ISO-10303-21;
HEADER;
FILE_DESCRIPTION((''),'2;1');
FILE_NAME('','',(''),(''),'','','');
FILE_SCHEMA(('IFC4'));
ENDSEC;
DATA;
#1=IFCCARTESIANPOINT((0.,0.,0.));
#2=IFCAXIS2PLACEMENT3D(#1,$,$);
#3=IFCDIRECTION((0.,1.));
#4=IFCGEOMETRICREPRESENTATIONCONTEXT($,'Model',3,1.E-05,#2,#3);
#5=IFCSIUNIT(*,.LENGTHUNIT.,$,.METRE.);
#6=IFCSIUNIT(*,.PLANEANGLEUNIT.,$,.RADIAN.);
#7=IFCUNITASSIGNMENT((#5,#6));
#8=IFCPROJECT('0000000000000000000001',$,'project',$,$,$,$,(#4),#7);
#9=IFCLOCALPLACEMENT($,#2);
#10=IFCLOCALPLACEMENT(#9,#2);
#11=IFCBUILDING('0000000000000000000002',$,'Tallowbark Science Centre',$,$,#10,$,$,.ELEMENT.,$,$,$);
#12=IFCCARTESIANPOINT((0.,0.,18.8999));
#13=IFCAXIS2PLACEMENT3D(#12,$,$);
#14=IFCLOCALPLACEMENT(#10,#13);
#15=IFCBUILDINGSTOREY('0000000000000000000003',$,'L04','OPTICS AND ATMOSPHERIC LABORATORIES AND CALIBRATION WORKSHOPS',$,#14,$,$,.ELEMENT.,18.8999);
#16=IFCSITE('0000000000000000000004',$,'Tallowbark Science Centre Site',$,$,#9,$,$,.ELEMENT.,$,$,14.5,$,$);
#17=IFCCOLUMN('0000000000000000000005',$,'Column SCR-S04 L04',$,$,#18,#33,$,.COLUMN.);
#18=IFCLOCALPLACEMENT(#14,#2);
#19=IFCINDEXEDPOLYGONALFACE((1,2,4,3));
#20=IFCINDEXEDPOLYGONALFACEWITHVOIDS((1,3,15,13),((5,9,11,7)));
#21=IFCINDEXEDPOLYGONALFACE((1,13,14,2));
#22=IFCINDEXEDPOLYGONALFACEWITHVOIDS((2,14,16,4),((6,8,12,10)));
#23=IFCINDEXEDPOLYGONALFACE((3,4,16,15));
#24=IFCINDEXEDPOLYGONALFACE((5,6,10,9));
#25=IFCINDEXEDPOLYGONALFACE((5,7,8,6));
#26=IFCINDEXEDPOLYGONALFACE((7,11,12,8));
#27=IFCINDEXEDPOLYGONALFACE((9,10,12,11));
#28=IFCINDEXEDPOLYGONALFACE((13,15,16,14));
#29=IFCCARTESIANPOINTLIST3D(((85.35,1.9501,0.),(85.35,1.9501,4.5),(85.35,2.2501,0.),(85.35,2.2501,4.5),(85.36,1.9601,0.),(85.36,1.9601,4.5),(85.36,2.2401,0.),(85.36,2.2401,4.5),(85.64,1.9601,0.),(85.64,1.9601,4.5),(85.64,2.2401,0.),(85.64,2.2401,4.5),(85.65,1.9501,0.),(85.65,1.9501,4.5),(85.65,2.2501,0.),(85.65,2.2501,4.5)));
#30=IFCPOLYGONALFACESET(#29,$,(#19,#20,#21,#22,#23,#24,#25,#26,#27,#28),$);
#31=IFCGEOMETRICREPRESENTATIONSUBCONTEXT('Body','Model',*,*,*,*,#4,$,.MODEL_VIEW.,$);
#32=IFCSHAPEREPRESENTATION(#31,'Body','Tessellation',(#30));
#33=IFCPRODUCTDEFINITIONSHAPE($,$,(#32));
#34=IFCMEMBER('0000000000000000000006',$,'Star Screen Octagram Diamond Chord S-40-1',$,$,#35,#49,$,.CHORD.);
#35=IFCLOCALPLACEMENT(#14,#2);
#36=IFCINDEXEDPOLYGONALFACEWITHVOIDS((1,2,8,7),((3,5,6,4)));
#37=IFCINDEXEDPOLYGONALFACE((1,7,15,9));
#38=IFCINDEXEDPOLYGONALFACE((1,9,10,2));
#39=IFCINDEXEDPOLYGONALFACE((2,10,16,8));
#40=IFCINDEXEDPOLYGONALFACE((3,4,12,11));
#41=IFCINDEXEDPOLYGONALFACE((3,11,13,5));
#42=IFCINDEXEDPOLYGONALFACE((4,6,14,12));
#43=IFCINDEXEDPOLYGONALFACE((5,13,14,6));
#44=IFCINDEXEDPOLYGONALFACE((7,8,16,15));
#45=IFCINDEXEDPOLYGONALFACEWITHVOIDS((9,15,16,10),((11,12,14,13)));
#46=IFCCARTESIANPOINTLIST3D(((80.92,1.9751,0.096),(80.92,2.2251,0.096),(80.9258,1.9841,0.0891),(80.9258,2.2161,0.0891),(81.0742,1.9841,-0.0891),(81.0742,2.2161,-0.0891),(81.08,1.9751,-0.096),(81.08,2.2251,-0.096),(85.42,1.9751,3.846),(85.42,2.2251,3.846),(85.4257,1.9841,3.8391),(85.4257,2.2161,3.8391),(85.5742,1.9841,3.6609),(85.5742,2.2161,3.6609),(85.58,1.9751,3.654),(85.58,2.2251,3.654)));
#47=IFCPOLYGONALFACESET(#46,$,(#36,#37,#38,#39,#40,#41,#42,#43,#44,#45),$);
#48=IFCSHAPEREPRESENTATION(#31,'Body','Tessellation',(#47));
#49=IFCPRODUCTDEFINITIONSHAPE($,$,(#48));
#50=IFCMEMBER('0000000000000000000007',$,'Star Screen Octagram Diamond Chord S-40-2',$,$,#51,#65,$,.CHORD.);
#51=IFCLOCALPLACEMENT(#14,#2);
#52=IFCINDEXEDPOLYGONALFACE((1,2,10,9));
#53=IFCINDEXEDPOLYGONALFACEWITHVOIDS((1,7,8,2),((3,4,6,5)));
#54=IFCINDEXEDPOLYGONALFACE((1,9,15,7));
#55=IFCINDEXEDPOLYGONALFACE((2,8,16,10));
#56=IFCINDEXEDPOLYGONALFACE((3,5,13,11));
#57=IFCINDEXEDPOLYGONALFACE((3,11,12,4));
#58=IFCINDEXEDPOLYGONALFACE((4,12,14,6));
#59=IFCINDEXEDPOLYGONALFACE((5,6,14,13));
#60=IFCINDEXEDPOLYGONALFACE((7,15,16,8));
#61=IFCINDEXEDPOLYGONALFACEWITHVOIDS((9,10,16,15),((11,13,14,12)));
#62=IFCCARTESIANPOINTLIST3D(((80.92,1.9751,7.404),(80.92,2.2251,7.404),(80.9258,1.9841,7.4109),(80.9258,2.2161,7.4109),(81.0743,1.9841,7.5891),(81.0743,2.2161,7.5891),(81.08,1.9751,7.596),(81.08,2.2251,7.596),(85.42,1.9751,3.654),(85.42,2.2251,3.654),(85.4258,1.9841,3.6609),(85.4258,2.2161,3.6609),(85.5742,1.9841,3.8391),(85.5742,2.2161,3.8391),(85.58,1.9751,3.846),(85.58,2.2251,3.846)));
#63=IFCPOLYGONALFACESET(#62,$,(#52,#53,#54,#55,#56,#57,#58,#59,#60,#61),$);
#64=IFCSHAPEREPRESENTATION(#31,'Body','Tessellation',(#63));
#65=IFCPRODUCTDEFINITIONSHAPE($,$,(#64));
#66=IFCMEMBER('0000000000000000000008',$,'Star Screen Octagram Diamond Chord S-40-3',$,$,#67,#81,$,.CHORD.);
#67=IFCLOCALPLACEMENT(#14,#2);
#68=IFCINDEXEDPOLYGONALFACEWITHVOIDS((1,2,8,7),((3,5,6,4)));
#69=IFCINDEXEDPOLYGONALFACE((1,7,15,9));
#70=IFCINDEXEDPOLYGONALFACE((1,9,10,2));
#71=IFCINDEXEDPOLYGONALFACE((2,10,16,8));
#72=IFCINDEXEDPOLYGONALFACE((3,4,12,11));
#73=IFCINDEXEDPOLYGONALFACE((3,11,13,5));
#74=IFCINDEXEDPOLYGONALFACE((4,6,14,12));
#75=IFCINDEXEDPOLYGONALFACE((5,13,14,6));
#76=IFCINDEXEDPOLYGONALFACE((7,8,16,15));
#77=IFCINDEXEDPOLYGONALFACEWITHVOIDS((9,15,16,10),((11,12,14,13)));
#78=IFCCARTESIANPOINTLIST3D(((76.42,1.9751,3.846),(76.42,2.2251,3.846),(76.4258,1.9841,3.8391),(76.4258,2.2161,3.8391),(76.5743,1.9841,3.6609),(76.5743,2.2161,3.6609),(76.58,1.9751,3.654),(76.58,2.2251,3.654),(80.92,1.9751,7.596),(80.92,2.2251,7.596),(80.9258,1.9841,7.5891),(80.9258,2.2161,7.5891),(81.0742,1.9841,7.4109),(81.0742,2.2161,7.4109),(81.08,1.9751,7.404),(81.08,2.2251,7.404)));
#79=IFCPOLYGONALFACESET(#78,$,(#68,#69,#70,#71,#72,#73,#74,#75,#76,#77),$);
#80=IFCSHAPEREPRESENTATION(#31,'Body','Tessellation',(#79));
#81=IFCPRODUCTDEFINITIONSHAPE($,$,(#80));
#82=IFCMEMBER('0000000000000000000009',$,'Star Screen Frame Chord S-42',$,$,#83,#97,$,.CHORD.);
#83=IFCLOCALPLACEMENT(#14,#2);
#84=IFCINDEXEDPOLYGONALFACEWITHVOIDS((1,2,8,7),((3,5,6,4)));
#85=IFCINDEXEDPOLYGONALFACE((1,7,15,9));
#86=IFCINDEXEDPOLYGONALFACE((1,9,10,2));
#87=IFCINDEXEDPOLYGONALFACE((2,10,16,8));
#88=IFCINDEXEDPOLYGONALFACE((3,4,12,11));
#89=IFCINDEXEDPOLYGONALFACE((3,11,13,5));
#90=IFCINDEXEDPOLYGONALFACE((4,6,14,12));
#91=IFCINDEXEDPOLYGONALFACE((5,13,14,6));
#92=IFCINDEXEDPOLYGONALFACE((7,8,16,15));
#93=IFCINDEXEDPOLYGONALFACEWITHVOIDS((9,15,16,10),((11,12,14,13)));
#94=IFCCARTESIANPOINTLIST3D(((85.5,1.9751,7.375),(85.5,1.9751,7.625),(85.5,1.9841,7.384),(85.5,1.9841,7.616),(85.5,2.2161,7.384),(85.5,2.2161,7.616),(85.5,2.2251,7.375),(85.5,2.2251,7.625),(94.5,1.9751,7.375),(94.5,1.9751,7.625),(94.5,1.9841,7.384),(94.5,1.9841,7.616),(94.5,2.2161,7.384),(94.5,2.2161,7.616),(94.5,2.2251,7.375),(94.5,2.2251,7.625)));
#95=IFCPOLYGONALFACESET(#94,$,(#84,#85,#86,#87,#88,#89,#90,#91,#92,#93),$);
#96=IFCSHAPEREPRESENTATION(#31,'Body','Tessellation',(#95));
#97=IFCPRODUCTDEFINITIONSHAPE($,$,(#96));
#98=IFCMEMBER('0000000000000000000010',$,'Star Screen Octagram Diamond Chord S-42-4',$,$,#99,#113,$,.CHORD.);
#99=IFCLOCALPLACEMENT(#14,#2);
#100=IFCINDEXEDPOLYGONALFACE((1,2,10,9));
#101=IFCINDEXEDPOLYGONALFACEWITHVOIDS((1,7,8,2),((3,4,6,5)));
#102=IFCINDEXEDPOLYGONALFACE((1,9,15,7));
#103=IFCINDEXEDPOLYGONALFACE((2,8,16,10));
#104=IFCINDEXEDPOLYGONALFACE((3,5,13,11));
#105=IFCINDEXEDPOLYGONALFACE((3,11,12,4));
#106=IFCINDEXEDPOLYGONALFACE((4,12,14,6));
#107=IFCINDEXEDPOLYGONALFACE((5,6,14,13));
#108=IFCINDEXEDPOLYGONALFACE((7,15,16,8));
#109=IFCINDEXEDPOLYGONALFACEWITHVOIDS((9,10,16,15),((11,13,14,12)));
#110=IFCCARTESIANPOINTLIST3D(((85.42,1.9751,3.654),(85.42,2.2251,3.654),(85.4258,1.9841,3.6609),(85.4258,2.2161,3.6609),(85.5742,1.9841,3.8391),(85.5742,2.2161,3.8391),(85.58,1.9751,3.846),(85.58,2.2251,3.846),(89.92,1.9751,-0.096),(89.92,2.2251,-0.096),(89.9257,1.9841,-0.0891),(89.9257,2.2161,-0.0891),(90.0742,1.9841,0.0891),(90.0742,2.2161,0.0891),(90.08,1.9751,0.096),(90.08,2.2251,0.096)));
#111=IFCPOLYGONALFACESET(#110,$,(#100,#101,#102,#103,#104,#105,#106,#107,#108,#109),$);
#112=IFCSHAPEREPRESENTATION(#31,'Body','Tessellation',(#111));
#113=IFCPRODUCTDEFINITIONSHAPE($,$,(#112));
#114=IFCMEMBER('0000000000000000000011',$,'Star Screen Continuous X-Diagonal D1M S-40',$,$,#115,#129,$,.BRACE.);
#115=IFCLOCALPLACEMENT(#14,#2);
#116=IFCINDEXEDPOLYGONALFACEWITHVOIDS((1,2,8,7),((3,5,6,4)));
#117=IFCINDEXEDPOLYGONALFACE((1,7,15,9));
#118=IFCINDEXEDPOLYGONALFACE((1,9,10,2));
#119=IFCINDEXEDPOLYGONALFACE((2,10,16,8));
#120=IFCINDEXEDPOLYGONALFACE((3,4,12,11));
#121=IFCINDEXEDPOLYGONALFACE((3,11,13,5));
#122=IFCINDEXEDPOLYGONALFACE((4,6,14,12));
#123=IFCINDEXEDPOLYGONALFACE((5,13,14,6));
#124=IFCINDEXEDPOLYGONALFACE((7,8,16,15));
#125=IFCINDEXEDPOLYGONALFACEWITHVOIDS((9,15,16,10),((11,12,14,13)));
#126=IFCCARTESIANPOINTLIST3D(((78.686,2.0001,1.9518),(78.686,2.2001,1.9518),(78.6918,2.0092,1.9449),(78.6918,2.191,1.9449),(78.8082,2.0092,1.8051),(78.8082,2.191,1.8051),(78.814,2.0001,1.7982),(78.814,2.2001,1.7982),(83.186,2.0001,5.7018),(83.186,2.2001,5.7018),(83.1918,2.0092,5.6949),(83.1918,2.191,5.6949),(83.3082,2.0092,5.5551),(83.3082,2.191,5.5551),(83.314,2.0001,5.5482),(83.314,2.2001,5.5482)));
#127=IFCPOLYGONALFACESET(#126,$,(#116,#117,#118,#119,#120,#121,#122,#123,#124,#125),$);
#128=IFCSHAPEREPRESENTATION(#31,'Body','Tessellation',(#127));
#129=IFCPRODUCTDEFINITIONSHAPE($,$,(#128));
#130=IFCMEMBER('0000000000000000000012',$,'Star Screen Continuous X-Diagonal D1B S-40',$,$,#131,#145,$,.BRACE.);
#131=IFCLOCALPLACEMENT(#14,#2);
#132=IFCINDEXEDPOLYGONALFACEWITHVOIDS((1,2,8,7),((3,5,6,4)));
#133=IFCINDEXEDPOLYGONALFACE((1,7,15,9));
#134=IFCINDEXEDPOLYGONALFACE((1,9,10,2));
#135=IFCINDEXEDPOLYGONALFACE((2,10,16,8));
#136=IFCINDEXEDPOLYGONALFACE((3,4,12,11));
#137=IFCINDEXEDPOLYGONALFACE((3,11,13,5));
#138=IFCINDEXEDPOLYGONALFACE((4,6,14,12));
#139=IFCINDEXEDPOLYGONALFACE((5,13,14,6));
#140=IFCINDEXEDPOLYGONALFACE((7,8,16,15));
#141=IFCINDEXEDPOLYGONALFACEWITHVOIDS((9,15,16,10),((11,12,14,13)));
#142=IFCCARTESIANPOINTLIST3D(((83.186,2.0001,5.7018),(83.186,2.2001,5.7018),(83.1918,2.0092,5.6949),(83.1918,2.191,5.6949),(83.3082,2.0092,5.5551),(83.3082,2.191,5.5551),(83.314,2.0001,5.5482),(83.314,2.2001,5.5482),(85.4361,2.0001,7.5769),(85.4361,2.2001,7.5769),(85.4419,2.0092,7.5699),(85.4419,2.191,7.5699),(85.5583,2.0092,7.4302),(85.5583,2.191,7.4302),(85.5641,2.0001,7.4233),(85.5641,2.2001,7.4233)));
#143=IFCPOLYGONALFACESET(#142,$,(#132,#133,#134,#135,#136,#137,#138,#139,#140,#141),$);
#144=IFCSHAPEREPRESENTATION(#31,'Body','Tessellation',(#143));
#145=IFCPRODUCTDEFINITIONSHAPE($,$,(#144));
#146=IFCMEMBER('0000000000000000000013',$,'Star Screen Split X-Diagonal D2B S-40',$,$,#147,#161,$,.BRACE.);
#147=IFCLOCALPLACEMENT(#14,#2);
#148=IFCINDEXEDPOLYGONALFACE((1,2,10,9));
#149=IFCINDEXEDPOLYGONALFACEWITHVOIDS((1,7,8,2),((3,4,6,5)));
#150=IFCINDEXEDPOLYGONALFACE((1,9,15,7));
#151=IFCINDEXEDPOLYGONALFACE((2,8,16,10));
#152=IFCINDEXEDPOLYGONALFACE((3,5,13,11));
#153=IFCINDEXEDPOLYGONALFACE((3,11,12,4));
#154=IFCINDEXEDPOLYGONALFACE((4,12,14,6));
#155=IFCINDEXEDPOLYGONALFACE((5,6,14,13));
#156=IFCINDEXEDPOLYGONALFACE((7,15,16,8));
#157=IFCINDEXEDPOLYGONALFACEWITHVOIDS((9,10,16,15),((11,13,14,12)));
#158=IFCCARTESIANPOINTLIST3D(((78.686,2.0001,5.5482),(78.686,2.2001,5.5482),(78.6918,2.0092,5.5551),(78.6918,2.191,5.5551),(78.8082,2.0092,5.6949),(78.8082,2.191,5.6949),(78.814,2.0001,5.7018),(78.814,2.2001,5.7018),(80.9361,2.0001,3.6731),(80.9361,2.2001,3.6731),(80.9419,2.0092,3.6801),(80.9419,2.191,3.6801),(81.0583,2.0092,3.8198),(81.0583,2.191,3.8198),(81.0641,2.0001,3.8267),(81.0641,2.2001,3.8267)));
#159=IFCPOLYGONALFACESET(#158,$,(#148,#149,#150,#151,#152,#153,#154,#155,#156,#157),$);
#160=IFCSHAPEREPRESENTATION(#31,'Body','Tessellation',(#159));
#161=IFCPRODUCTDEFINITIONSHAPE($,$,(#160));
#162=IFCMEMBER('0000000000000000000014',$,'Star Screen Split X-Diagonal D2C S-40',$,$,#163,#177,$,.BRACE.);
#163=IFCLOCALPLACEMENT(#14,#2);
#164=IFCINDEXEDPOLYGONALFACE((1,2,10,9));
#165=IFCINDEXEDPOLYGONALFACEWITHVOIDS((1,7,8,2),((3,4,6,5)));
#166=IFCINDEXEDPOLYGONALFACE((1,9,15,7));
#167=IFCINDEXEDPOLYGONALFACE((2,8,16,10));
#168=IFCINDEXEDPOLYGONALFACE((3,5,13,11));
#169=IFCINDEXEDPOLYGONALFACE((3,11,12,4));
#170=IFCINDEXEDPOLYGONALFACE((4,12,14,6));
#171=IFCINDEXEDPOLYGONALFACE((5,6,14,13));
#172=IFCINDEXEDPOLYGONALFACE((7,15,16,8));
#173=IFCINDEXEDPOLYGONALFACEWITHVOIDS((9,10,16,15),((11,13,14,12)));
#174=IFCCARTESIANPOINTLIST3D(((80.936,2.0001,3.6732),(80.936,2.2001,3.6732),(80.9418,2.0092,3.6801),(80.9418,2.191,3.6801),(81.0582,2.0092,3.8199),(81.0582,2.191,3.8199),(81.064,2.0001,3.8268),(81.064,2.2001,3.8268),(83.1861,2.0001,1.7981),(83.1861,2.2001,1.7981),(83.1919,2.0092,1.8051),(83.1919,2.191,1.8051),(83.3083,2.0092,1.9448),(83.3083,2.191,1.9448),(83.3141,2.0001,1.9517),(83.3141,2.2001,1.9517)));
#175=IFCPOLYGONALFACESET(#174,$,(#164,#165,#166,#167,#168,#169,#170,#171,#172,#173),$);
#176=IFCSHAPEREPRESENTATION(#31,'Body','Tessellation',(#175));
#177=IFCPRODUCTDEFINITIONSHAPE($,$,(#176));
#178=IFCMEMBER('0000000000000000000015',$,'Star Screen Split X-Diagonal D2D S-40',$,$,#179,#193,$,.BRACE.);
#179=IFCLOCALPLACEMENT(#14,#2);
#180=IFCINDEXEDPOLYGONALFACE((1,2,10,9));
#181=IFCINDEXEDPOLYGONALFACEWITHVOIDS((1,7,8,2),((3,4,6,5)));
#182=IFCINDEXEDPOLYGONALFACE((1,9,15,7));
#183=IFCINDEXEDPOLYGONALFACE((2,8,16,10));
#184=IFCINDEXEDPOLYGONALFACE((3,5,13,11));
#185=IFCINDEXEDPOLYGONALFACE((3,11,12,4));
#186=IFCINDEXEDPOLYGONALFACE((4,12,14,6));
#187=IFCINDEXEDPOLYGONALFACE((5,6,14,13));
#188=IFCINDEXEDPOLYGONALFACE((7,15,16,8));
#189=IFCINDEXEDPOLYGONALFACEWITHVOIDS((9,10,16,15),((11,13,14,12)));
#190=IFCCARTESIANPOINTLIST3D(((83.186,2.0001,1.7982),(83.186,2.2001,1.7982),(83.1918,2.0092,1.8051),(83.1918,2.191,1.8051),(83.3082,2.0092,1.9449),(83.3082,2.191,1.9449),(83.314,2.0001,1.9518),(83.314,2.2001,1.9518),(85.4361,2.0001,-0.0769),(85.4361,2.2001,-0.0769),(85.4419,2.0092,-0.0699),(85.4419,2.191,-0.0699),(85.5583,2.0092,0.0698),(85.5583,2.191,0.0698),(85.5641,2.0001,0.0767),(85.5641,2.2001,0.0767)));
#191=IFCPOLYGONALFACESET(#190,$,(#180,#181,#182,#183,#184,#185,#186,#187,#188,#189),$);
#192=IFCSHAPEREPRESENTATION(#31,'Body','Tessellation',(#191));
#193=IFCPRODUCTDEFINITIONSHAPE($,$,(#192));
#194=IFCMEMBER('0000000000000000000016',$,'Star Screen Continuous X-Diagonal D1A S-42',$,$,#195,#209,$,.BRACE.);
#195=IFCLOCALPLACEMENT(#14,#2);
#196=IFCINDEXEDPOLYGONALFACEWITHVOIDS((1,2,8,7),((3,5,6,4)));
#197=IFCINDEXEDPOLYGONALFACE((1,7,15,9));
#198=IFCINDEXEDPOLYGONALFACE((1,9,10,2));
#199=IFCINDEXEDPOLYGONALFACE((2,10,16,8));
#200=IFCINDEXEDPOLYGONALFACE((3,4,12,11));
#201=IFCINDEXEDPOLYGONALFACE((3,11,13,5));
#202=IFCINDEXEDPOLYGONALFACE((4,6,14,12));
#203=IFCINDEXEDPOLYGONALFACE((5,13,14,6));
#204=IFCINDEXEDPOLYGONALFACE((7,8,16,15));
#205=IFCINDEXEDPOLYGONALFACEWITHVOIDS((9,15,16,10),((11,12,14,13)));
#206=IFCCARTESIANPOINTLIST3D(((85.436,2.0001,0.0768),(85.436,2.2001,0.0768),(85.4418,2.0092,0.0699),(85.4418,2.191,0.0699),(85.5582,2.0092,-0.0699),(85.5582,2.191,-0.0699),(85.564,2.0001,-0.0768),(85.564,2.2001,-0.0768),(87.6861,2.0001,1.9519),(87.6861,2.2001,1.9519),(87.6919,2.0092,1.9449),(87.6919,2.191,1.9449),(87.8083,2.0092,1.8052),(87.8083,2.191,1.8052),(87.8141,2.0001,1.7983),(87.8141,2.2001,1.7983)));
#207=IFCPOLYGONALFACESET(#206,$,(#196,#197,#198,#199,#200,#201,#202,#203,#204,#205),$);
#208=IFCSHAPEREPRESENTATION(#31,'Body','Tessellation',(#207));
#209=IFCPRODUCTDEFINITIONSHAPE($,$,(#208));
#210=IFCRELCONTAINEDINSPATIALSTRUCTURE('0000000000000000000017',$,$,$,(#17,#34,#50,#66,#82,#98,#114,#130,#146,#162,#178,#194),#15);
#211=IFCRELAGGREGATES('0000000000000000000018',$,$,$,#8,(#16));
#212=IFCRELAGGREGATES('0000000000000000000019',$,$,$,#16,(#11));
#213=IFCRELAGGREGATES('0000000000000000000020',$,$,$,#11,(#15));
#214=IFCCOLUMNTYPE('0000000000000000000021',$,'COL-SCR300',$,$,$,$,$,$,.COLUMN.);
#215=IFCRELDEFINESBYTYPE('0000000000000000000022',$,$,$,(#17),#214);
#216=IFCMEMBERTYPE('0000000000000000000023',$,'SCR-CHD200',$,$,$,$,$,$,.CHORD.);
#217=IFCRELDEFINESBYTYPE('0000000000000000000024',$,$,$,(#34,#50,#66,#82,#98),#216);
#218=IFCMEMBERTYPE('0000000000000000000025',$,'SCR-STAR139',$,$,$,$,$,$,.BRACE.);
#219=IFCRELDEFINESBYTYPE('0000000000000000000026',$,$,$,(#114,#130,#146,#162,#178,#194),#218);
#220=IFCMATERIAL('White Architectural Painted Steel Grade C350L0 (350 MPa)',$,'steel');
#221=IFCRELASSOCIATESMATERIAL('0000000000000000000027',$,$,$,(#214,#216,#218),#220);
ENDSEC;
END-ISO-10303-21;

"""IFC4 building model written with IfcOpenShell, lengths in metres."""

from ifc_helpers import new_model, si_unit, direction, frame, origin, origin_2d, place, context, subcontext, project, spatial, hollow_rectangle, extrude, material, material_profile, profile_set, type_object, element, save


model = new_model("IFC4")

# Units and contexts
model_context = context("Model", 3, precision=1e-05, world=origin(), true_north=direction((0.0, 1.0)))
body_context = subcontext(model_context, "Body", "Model", "MODEL_VIEW")
ifc_project = project(units=[si_unit("LENGTHUNIT", "METRE"), si_unit("PLANEANGLEUNIT", "RADIAN")], contexts=[model_context])

# Site, building, storey
site_placement = place(None, origin())
site = spatial("IfcSite", under=ifc_project, at=site_placement, Name="Tallowbark Science Centre Site", CompositionType="ELEMENT", RefElevation=14.5)
building_placement = place(site_placement, origin())
building = spatial("IfcBuilding", under=site, at=building_placement, Name="Tallowbark Science Centre", CompositionType="ELEMENT")
storey_placement = place(building_placement, frame((0.0, 0.0, 18.8999)))
storey = spatial("IfcBuildingStorey", under=building, at=storey_placement, Name="L04", Description="OPTICS AND ATMOSPHERIC LABORATORIES AND CALIBRATION WORKSHOPS", CompositionType="ELEMENT", Elevation=18.8999)

# Column
ifc_material_1 = material(Name="White Architectural Painted Steel Grade C350L0 (350 MPa)", Category="steel")
ifc_material_profile_1 = material_profile(ifc_material_1, hollow_rectangle(XDim=0.3, YDim=0.3, WallThickness=0.01, at=origin_2d()), Name="300x300x10.0SHS")
ifc_profile_set_1 = profile_set([ifc_material_profile_1], Name="White Architectural Painted Steel Grade C350L0 (350 MPa)")
column_type = type_object("IfcColumnType", Name="COL-SCR300", PredefinedType="COLUMN", material=ifc_profile_set_1)
column_placement = place(storey_placement, frame((85.5, 2.1001, 0.0), z_axis=(0.0, 0.0, 1.0), x_axis=(1.0, 0.0, 0.0)))
element("IfcColumn", 1, at=column_placement, inside=storey, type_object=column_type, Name="Column SCR-S04 L04", PredefinedType="COLUMN", context=body_context, shape_type="SweptSolid", body=[
    extrude(hollow_rectangle(XDim=0.3, YDim=0.3, WallThickness=0.01, at=origin_2d()), origin(), (0.0, 0.0, 1.0), 4.5),
])

# Members
ifc_material_profile_2 = material_profile(ifc_material_1, hollow_rectangle(XDim=0.25, YDim=0.25, WallThickness=0.009, at=origin_2d()), Name="250x250x9.0SHS")
ifc_profile_set_2 = profile_set([ifc_material_profile_2], Name="White Architectural Painted Steel Grade C350L0 (350 MPa)")
member_type_1 = type_object("IfcMemberType", Name="SCR-CHD200", PredefinedType="CHORD", material=ifc_profile_set_2)
for number, where, z_axis, x_axis, name in (
    (2, (81.0, 2.1001, 0.0), (0.768221, 0.0, 0.640184), (0.0, 1.0, 0.0), "Star Screen Octagram Diamond Chord S-40-1"),
    (3, (85.5, 2.1001, 3.75), (-0.768221, 0.0, 0.640184), (0.0, -1.0, 0.0), "Star Screen Octagram Diamond Chord S-40-2"),
    (4, (81.0, 2.1001, 7.5), (-0.768221, 0.0, -0.640184), (0.0, -1.0, 0.0), "Star Screen Octagram Diamond Chord S-40-3"),
):
    element("IfcMember", number, at=place(storey_placement, frame(where, z_axis=z_axis, x_axis=x_axis)), inside=storey, type_object=member_type_1, Name=name, PredefinedType="CHORD", context=body_context, shape_type="SweptSolid", body=[
        extrude(hollow_rectangle(XDim=0.25, YDim=0.25, WallThickness=0.009, at=origin_2d()), origin(), (0.0, 0.0, 1.0), 5.8577),
    ])
member_1_placement = place(storey_placement, frame((85.5, 2.1001, 7.5), z_axis=(1.0, 0.0, 0.0), x_axis=(0.0, 1.0, 0.0)))
element("IfcMember", 5, at=member_1_placement, inside=storey, type_object=member_type_1, Name="Star Screen Frame Chord S-42", PredefinedType="CHORD", context=body_context, shape_type="SweptSolid", body=[
    extrude(hollow_rectangle(XDim=0.25, YDim=0.25, WallThickness=0.009, at=origin_2d()), origin(), (0.0, 0.0, 1.0), 9.0),
])
member_2_placement = place(storey_placement, frame((85.5, 2.1001, 3.75), z_axis=(0.768221, 0.0, -0.640184), x_axis=(0.0, 1.0, 0.0)))
element("IfcMember", 6, at=member_2_placement, inside=storey, type_object=member_type_1, Name="Star Screen Octagram Diamond Chord S-42-4", PredefinedType="CHORD", context=body_context, shape_type="SweptSolid", body=[
    extrude(hollow_rectangle(XDim=0.25, YDim=0.25, WallThickness=0.009, at=origin_2d()), origin(), (0.0, 0.0, 1.0), 5.8577),
])
ifc_material_profile_3 = material_profile(ifc_material_1, hollow_rectangle(XDim=0.2, YDim=0.2, WallThickness=0.009, at=origin_2d()), Name="200x200x9.0SHS")
ifc_profile_set_3 = profile_set([ifc_material_profile_3], Name="White Architectural Painted Steel Grade C350L0 (350 MPa)")
member_type_2 = type_object("IfcMemberType", Name="SCR-STAR139", PredefinedType="BRACE", material=ifc_profile_set_3)
member_3_placement = place(storey_placement, frame((78.75, 2.1001, 1.875), z_axis=(0.768221, 0.0, 0.640184), x_axis=(0.0, 1.0, 0.0)))
element("IfcMember", 7, at=member_3_placement, inside=storey, type_object=member_type_2, Name="Star Screen Continuous X-Diagonal D1M S-40", PredefinedType="BRACE", context=body_context, shape_type="SweptSolid", body=[
    extrude(hollow_rectangle(XDim=0.2, YDim=0.2, WallThickness=0.009, at=origin_2d()), origin(), (0.0, 0.0, 1.0), 5.8577),
])
for number, where, z_axis, x_axis, name in (
    (8, (83.25, 2.1001, 5.625), (0.768221, 0.0, 0.640184), (0.0, 1.0, 0.0), "Star Screen Continuous X-Diagonal D1B S-40"),
    (9, (78.75, 2.1001, 5.625), (0.768221, 0.0, -0.640184), (0.0, 1.0, 0.0), "Star Screen Split X-Diagonal D2B S-40"),
    (10, (81.0, 2.1001, 3.75), (0.768221, 0.0, -0.640184), (0.0, 1.0, 0.0), "Star Screen Split X-Diagonal D2C S-40"),
    (11, (83.25, 2.1001, 1.875), (0.768221, 0.0, -0.640184), (0.0, 1.0, 0.0), "Star Screen Split X-Diagonal D2D S-40"),
    (12, (85.5, 2.1001, 0.0), (0.768221, 0.0, 0.640184), (0.0, 1.0, 0.0), "Star Screen Continuous X-Diagonal D1A S-42"),
):
    element("IfcMember", number, at=place(storey_placement, frame(where, z_axis=z_axis, x_axis=x_axis)), inside=storey, type_object=member_type_2, Name=name, PredefinedType="BRACE", context=body_context, shape_type="SweptSolid", body=[
        extrude(hollow_rectangle(XDim=0.2, YDim=0.2, WallThickness=0.009, at=origin_2d()), origin(), (0.0, 0.0, 1.0), 2.929),
    ])

save(model, "model.ifc")
